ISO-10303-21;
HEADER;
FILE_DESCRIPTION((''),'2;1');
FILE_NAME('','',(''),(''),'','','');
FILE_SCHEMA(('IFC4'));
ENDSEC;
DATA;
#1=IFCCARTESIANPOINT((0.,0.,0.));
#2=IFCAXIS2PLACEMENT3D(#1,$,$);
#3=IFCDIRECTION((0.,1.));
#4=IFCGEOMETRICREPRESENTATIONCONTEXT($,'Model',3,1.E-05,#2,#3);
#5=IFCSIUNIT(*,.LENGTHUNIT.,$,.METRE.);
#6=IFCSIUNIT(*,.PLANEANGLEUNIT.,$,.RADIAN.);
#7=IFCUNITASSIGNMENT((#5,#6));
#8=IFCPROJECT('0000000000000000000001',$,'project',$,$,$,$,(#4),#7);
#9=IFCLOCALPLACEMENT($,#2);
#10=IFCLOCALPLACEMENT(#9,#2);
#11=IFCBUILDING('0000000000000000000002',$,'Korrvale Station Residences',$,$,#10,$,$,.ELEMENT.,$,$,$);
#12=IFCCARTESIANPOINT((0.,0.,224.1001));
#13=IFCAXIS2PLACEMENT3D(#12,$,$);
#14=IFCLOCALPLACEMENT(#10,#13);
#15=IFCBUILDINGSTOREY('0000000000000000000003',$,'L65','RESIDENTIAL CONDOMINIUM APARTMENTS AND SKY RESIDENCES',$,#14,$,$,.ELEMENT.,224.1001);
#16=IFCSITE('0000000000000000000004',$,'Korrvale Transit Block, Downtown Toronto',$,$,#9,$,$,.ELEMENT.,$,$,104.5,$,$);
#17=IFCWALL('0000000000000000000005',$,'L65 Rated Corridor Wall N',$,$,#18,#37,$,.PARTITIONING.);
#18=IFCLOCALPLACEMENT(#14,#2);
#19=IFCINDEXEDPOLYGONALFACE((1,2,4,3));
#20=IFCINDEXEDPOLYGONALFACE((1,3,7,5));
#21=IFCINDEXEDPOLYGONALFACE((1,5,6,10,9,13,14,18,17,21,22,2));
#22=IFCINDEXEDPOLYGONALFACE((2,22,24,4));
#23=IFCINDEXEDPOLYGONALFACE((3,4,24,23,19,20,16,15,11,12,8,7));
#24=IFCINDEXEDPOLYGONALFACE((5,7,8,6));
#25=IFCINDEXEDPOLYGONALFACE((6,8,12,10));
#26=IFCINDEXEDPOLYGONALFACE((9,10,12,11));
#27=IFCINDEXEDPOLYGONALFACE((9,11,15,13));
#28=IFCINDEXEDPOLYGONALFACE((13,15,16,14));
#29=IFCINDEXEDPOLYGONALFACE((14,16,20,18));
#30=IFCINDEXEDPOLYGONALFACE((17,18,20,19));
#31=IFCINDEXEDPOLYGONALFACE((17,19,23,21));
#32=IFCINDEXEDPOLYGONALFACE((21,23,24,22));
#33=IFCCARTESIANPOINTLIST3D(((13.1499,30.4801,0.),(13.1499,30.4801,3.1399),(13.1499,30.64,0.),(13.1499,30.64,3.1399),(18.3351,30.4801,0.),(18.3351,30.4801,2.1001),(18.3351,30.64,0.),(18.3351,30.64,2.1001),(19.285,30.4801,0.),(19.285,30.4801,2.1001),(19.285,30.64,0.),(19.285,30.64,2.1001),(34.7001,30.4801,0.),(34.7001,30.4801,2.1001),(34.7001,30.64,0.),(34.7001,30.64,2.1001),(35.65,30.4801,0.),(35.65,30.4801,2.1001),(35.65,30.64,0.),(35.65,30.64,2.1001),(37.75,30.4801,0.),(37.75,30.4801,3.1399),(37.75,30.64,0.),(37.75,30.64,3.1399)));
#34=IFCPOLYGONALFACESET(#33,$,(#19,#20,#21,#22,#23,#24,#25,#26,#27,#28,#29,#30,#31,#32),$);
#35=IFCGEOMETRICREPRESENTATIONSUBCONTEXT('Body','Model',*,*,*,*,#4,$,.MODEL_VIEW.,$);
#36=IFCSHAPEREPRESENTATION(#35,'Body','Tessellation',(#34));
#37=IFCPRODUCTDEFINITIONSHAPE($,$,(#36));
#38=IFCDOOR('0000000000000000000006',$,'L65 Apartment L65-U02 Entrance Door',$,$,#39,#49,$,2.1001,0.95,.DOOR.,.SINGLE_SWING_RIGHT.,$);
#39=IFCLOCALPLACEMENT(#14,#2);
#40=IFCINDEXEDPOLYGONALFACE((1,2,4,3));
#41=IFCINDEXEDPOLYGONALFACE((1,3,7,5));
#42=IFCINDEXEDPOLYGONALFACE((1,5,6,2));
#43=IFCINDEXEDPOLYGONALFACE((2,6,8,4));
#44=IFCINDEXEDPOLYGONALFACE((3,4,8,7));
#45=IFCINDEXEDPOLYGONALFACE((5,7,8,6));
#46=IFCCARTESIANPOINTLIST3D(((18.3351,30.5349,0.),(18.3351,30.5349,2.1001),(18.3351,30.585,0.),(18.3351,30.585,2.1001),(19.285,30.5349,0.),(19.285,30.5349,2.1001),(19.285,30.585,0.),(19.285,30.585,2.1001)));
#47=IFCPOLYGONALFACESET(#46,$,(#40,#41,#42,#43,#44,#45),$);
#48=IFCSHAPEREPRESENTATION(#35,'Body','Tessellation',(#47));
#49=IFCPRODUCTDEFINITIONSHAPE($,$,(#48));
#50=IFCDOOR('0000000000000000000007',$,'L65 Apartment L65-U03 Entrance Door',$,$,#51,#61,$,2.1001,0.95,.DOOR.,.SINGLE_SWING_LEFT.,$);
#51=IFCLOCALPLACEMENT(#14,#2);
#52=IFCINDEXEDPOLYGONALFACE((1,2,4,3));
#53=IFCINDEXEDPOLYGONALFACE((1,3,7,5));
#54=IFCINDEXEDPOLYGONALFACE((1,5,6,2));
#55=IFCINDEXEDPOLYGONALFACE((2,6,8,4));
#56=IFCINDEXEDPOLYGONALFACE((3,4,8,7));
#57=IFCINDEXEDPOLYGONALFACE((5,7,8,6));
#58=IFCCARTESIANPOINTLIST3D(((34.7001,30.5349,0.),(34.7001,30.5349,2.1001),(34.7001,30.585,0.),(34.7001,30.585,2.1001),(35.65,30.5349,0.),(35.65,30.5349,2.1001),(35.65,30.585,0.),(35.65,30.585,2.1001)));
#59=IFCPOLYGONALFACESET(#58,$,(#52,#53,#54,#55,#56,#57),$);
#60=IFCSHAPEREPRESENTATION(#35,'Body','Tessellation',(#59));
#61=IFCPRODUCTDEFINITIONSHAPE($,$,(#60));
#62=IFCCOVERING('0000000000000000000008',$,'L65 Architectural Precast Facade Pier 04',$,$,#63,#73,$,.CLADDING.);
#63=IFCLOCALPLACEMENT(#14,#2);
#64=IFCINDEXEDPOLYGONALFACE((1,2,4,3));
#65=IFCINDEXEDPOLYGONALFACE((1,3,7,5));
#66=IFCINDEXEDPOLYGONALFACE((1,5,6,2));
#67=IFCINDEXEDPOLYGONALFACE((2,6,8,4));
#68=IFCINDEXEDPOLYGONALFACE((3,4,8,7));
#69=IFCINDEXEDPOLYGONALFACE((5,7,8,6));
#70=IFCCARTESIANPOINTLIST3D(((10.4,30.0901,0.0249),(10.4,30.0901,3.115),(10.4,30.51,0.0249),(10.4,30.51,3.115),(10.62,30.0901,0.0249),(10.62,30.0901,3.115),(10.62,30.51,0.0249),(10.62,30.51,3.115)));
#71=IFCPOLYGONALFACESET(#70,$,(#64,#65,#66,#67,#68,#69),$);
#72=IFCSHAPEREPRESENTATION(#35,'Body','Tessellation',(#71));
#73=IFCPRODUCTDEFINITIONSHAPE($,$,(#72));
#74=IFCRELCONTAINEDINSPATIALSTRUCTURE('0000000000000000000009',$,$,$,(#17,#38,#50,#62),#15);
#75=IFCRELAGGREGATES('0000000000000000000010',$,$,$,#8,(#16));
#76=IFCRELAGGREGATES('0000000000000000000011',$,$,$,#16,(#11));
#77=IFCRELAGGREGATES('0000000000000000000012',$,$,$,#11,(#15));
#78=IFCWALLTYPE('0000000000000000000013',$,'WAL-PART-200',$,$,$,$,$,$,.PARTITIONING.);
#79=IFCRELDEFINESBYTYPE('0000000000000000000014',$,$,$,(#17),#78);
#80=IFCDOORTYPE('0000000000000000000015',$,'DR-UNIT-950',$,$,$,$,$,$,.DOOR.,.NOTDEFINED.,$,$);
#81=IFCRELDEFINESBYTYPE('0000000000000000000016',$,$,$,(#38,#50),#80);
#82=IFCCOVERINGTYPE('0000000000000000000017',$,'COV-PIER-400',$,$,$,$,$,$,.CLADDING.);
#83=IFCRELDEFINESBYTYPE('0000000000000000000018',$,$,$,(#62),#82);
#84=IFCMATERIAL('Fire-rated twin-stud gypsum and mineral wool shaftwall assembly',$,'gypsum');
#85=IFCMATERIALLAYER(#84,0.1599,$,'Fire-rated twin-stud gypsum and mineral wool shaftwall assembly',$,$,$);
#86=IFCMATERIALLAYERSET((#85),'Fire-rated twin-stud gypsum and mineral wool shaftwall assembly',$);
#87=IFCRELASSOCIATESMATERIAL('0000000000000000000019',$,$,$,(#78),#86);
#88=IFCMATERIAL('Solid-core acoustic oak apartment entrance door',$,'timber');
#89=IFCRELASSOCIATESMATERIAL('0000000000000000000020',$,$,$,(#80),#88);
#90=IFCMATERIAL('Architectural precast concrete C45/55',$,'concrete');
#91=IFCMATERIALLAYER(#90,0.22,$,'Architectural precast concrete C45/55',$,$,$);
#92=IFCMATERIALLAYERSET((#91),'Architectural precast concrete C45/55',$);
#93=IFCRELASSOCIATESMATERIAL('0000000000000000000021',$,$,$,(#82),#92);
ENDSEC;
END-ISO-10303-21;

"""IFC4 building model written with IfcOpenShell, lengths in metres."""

from ifc_helpers import new_model, si_unit, direction, frame, frame_2d, origin, origin_2d, place, context, subcontext, project, spatial, rectangle, extrude, material, layer, layer_set, type_object, element, fill, save


model = new_model("IFC4")

# Units and contexts
model_context = context("Model", 3, precision=1e-05, world=origin(), true_north=direction((0.0, 1.0)))
body_context = subcontext(model_context, "Body", "Model", "MODEL_VIEW")
ifc_project = project(units=[si_unit("LENGTHUNIT", "METRE"), si_unit("PLANEANGLEUNIT", "RADIAN")], contexts=[model_context])

# Site, building, storey
site_placement = place(None, origin())
site = spatial("IfcSite", under=ifc_project, at=site_placement, Name="Korrvale Transit Block, Downtown Toronto", CompositionType="ELEMENT", RefElevation=104.5)
building_placement = place(site_placement, origin())
building = spatial("IfcBuilding", under=site, at=building_placement, Name="Korrvale Station Residences", CompositionType="ELEMENT")
storey_placement = place(building_placement, frame((0.0, 0.0, 224.1001)))
storey = spatial("IfcBuildingStorey", under=building, at=storey_placement, Name="L65", Description="RESIDENTIAL CONDOMINIUM APARTMENTS AND SKY RESIDENCES", CompositionType="ELEMENT", Elevation=224.1001)

# Shared definitions
ifc_material_1 = material(Name="Fire-rated twin-stud gypsum and mineral wool shaftwall assembly", Category="gypsum")
ifc_layer_1 = layer(ifc_material_1, 0.1599, Name="Fire-rated twin-stud gypsum and mineral wool shaftwall assembly")
ifc_layer_set_1 = layer_set([ifc_layer_1], Name="Fire-rated twin-stud gypsum and mineral wool shaftwall assembly")
wall_type_1 = type_object("IfcWallType", Name="WAL-PART-200", PredefinedType="PARTITIONING", material=ifc_layer_set_1)

# Wall, openings, doors
wall_1_placement = place(storey_placement, frame((13.1499, 30.5601, 0.0), z_axis=(0.0, 0.0, 1.0), x_axis=(1.0, 0.0, 0.0)))
wall_1 = element("IfcWall", 1, at=wall_1_placement, inside=storey, type_object=wall_type_1, Name="L65 Rated Corridor Wall N", PredefinedType="PARTITIONING", context=body_context, shape_type="SweptSolid", body=[
    extrude(rectangle(XDim=24.6001, YDim=0.1599, at=frame_2d((12.3, 0.0))), origin(), (0.0, 0.0, 1.0), 3.1399),
])
opening_1_placement = place(wall_1_placement, frame((5.1851, 0.0, 0.0)))
opening_1 = element("IfcOpeningElement", 2, at=opening_1_placement, cuts=wall_1, PredefinedType="OPENING", context=body_context, shape_type="SweptSolid", body=[
    extrude(rectangle(XDim=0.95, YDim=2.1001, at=frame_2d((0.4751, 1.05))), frame((0.0, 0.0898, 0.0), z_axis=(0.0, -1.0, 0.0), x_axis=(1.0, 0.0, 0.0)), (0.0, 0.0, 1.0), 0.1799),
])
opening_2_placement = place(wall_1_placement, frame((21.55, 0.0, 0.0)))
opening_2 = element("IfcOpeningElement", 3, at=opening_2_placement, cuts=wall_1, PredefinedType="OPENING", context=body_context, shape_type="SweptSolid", body=[
    extrude(rectangle(XDim=0.95, YDim=2.1001, at=frame_2d((0.4751, 1.05))), frame((0.0, 0.0898, 0.0), z_axis=(0.0, -1.0, 0.0), x_axis=(1.0, 0.0, 0.0)), (0.0, 0.0, 1.0), 0.1799),
])
ifc_material_2 = material(Name="Solid-core acoustic oak apartment entrance door", Category="timber")
door_type = type_object("IfcDoorType", Name="DR-UNIT-950", OperationType="NOTDEFINED", PredefinedType="DOOR", material=ifc_material_2)
door_1_placement = place(opening_1_placement, origin())
door_1 = element("IfcDoor", 4, at=door_1_placement, inside=storey, type_object=door_type, Name="L65 Apartment L65-U02 Entrance Door", OperationType="SINGLE_SWING_RIGHT", OverallHeight=2.1001, OverallWidth=0.95, PredefinedType="DOOR", context=body_context, shape_type="SweptSolid", body=[
    extrude(rectangle(XDim=0.95, YDim=2.1001, at=frame_2d((0.4751, 1.05))), frame((0.0, 0.0249, 0.0), z_axis=(0.0, -1.0, 0.0), x_axis=(1.0, 0.0, 0.0)), (0.0, 0.0, 1.0), 0.05),
])
fill(opening_1, door_1)
door_2_placement = place(opening_2_placement, origin())
door_2 = element("IfcDoor", 5, at=door_2_placement, inside=storey, type_object=door_type, Name="L65 Apartment L65-U03 Entrance Door", OperationType="SINGLE_SWING_LEFT", OverallHeight=2.1001, OverallWidth=0.95, PredefinedType="DOOR", context=body_context, shape_type="SweptSolid", body=[
    extrude(rectangle(XDim=0.95, YDim=2.1001, at=frame_2d((0.4751, 1.05))), frame((0.0, 0.0249, 0.0), z_axis=(0.0, -1.0, 0.0), x_axis=(1.0, 0.0, 0.0)), (0.0, 0.0, 1.0), 0.05),
])
fill(opening_2, door_2)

# Covering
ifc_material_3 = material(Name="Architectural precast concrete C45/55", Category="concrete")
ifc_layer_2 = layer(ifc_material_3, 0.22, Name="Architectural precast concrete C45/55")
ifc_layer_set_2 = layer_set([ifc_layer_2], Name="Architectural precast concrete C45/55")
covering_type = type_object("IfcCoveringType", Name="COV-PIER-400", PredefinedType="CLADDING", material=ifc_layer_set_2)
covering_placement = place(storey_placement, frame((10.51, 30.3, 0.0249), z_axis=(0.0, 0.0, 1.0), x_axis=(0.0, 1.0, 0.0)))
element("IfcCovering", 6, at=covering_placement, inside=storey, type_object=covering_type, Name="L65 Architectural Precast Facade Pier 04", PredefinedType="CLADDING", context=body_context, shape_type="SweptSolid", body=[
    extrude(rectangle(XDim=0.4199, YDim=0.22, at=origin_2d()), origin(), (0.0, 0.0, 1.0), 3.0901),
])

save(model, "model.ifc")
